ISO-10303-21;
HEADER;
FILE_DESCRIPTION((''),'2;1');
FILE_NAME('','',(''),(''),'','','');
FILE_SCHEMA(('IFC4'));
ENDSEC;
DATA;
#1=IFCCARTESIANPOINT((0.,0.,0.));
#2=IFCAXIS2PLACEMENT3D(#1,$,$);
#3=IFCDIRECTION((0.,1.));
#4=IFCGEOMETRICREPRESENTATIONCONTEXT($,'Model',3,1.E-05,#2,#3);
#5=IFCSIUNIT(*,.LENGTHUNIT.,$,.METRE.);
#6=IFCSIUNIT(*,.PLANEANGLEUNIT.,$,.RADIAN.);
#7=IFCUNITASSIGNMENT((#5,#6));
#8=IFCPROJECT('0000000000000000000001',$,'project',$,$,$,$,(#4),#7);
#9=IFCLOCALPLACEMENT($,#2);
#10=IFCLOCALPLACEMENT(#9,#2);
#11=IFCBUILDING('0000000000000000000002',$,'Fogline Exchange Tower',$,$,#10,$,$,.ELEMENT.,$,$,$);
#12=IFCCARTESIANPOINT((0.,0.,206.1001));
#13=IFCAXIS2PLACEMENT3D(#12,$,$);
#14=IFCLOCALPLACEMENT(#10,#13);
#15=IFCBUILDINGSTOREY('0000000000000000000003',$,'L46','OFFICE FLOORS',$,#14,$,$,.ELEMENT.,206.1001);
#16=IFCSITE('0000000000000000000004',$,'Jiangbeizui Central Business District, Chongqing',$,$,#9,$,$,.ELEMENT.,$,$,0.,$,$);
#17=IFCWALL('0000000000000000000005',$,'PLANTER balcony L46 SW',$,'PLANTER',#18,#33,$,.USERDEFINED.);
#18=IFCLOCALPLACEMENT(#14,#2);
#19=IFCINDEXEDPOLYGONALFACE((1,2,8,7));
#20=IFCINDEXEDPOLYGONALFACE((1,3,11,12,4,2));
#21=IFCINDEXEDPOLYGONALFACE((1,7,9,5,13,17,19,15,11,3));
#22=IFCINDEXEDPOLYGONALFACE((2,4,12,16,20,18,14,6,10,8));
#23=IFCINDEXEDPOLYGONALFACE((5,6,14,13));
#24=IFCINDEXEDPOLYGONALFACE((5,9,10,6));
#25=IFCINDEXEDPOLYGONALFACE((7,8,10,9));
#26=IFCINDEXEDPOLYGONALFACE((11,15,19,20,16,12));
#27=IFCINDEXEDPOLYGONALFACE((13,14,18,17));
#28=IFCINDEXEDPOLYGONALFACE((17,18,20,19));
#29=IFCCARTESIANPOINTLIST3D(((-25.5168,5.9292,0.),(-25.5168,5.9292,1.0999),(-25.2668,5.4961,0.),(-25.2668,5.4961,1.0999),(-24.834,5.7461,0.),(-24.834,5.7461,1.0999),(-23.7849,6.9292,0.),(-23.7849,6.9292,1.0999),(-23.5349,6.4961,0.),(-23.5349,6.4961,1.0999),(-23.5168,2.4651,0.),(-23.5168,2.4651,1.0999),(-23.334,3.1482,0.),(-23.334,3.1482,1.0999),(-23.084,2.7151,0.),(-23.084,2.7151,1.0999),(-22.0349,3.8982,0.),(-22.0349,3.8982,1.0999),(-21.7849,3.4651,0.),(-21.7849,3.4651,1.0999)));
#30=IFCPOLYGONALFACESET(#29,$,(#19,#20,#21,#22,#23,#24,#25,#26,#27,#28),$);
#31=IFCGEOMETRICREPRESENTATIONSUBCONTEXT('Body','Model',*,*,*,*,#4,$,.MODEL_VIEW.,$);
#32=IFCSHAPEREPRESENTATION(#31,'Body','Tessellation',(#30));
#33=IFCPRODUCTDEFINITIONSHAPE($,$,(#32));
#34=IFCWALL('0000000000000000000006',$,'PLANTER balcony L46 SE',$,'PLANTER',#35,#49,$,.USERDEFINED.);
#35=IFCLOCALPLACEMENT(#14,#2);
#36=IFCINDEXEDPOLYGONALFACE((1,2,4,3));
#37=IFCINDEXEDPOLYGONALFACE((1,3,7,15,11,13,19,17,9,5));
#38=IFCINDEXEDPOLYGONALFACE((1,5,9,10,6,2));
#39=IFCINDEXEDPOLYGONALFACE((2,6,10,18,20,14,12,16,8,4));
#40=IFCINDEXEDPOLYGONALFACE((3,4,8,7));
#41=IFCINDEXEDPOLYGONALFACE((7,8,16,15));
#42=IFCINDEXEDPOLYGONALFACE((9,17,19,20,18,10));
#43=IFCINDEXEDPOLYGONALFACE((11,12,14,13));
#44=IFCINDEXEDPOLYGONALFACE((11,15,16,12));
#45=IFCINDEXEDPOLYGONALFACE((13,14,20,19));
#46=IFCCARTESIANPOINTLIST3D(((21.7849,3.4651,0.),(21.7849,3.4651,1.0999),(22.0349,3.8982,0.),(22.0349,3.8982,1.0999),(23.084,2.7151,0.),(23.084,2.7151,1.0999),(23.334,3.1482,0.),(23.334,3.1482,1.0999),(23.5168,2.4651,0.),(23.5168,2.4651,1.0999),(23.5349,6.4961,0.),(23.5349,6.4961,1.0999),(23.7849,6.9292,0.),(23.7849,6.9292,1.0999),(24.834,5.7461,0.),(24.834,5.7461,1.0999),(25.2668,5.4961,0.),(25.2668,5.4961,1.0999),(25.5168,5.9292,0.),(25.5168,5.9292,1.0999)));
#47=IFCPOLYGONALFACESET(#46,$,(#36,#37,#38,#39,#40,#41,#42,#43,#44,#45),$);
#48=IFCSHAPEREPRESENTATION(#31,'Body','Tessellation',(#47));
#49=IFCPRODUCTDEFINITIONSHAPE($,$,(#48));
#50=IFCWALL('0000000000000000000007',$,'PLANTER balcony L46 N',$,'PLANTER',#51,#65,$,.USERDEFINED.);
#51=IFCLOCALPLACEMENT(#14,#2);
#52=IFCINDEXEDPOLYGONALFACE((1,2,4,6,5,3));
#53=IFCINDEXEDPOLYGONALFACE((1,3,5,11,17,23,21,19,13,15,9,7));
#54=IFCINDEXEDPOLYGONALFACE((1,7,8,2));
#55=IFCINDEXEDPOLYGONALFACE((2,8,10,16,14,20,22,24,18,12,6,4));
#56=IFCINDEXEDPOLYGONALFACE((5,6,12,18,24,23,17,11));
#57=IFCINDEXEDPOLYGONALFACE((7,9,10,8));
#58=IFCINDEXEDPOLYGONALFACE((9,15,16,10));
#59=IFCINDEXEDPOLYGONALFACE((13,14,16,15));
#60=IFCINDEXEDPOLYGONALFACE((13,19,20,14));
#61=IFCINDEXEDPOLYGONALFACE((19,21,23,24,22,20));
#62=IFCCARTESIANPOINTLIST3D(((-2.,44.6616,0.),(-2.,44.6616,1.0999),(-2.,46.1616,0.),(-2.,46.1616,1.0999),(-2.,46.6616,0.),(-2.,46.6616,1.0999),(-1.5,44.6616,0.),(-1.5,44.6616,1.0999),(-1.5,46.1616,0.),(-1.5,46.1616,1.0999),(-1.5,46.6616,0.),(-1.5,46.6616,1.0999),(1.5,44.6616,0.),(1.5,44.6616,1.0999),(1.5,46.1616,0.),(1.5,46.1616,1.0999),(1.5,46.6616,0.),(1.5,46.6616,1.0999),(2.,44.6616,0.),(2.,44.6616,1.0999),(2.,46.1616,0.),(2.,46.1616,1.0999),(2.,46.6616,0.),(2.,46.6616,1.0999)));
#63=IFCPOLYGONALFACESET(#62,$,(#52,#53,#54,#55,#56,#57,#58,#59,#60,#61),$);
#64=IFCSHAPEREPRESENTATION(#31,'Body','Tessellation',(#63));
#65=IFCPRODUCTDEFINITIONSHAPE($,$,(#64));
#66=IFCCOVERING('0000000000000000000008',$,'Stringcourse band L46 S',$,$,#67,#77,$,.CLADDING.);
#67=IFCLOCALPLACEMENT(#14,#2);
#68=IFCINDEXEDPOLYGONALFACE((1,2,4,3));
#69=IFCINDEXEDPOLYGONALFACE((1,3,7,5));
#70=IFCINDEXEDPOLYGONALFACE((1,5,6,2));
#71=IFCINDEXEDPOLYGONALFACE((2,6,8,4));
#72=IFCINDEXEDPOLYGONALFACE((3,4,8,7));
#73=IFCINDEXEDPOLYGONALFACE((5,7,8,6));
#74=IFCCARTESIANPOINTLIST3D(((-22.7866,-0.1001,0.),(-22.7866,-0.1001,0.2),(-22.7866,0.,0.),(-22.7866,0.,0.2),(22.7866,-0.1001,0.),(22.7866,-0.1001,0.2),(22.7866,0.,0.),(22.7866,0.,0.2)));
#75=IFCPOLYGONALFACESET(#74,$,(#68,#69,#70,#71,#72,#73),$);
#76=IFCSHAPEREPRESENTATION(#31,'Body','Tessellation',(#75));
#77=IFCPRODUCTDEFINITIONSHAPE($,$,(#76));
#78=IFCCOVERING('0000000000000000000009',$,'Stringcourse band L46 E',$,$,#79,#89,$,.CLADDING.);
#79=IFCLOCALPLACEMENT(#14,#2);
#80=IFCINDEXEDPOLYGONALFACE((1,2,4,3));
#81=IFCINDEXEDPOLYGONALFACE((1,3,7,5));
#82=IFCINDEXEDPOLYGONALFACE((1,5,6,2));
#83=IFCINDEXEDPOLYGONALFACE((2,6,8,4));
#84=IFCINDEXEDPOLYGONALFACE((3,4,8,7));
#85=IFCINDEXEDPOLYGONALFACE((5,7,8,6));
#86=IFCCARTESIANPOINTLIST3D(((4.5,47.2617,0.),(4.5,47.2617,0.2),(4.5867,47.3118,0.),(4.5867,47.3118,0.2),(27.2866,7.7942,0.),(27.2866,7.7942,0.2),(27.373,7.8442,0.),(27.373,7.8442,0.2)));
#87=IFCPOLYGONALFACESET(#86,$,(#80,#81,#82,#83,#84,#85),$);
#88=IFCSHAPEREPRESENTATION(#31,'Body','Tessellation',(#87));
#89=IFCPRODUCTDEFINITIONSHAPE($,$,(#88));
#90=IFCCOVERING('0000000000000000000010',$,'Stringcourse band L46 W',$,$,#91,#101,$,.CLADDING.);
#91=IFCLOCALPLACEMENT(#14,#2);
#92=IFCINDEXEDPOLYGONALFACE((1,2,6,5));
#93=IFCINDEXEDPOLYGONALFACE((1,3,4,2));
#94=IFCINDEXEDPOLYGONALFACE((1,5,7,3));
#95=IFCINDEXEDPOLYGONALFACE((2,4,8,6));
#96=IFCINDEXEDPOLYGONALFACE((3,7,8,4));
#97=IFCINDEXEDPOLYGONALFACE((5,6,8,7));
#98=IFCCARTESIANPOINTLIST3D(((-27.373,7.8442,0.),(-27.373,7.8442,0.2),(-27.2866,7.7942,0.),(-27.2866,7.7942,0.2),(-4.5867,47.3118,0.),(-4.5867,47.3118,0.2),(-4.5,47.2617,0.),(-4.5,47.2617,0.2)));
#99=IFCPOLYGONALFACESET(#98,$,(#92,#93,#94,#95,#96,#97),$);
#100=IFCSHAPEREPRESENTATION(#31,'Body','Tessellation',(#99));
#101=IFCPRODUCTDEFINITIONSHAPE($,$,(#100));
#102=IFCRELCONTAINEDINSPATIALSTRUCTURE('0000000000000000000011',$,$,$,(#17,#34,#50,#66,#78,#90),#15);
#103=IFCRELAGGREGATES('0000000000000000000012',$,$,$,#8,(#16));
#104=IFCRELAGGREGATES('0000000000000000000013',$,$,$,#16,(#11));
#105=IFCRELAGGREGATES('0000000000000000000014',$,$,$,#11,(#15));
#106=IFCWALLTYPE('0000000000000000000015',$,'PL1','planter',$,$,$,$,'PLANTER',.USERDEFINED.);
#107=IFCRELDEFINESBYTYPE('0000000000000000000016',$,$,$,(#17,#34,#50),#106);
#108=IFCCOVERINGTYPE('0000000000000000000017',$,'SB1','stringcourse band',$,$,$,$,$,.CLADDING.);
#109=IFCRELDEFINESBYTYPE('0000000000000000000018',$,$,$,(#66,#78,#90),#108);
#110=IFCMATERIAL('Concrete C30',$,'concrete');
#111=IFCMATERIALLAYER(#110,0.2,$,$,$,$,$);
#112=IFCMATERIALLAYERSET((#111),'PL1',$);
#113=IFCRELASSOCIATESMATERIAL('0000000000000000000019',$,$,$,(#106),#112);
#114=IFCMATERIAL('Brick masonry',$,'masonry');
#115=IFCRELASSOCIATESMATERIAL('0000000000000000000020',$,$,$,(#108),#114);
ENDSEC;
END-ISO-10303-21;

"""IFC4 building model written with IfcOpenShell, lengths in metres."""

from ifc_helpers import new_model, si_unit, direction, frame, origin, place, context, subcontext, project, spatial, polyline, outline, extrude, material, layer, layer_set, type_object, element, save


model = new_model("IFC4")

# Units and contexts
model_context = context("Model", 3, precision=1e-05, world=origin(), true_north=direction((0.0, 1.0)))
body_context = subcontext(model_context, "Body", "Model", "MODEL_VIEW")
ifc_project = project(units=[si_unit("LENGTHUNIT", "METRE"), si_unit("PLANEANGLEUNIT", "RADIAN")], contexts=[model_context])

# Site, building, storey
site_placement = place(None, origin())
site = spatial("IfcSite", under=ifc_project, at=site_placement, Name="Jiangbeizui Central Business District, Chongqing", CompositionType="ELEMENT", RefElevation=0.0)
building_placement = place(site_placement, origin())
building = spatial("IfcBuilding", under=site, at=building_placement, Name="Fogline Exchange Tower", CompositionType="ELEMENT")
storey_placement = place(building_placement, frame((0.0, 0.0, 206.1001)))
storey = spatial("IfcBuildingStorey", under=building, at=storey_placement, Name="L46", Description="OFFICE FLOORS", CompositionType="ELEMENT", Elevation=206.1001)

# Walls
ifc_material_1 = material(Name="Brick masonry", Category="masonry")
ifc_material_2 = material(Name="Concrete C30", Category="concrete")
ifc_layer_1 = layer(ifc_material_2, 0.2)
ifc_layer_set_1 = layer_set([ifc_layer_1], Name="PL1")
wall_type_1 = type_object("IfcWallType", Name="PL1", Description="planter", ElementType="PLANTER", PredefinedType="USERDEFINED", material=ifc_layer_set_1)
wall_1_placement = place(storey_placement, origin())
element("IfcWall", 1, at=wall_1_placement, inside=storey, type_object=wall_type_1, Name="PLANTER balcony L46 SW", ObjectType="PLANTER", PredefinedType="USERDEFINED", context=body_context, shape_type="SweptSolid", body=[
    extrude(outline(polyline([(-22.0349, 3.8982), (-23.334, 3.1482), (-24.834, 5.7461), (-23.5349, 6.4961), (-23.7849, 6.9292), (-25.5168, 5.9292), (-25.2668, 5.4961), (-23.5168, 2.4651), (-23.084, 2.7151), (-23.084, 2.7151), (-21.7849, 3.4651), (-22.0349, 3.8982)])), origin(), (0.0, 0.0, 1.0), 1.0999),
])
wall_2_placement = place(storey_placement, origin())
element("IfcWall", 2, at=wall_2_placement, inside=storey, type_object=wall_type_1, Name="PLANTER balcony L46 SE", ObjectType="PLANTER", PredefinedType="USERDEFINED", context=body_context, shape_type="SweptSolid", body=[
    extrude(outline(polyline([(21.7849, 3.4651), (23.084, 2.7151), (23.084, 2.7151), (23.5168, 2.4651), (25.2668, 5.4961), (25.5168, 5.9292), (23.7849, 6.9292), (23.5349, 6.4961), (24.834, 5.7461), (23.334, 3.1482), (22.0349, 3.8982), (21.7849, 3.4651)])), origin(), (0.0, 0.0, 1.0), 1.0999),
])
wall_3_placement = place(storey_placement, origin())
element("IfcWall", 3, at=wall_3_placement, inside=storey, type_object=wall_type_1, Name="PLANTER balcony L46 N", ObjectType="PLANTER", PredefinedType="USERDEFINED", context=body_context, shape_type="SweptSolid", body=[
    extrude(outline(polyline([(-1.5, 46.6616), (-2.0, 46.6616), (-2.0, 46.1616), (-2.0, 44.6616), (-1.5, 44.6616), (-1.5, 46.1616), (1.5, 46.1616), (1.5, 44.6616), (2.0, 44.6616), (2.0, 46.1616), (2.0, 46.6616), (1.5, 46.6616), (-1.5, 46.6616)])), origin(), (0.0, 0.0, 1.0), 1.0999),
])

# Coverings
covering_type = type_object("IfcCoveringType", Name="SB1", Description="stringcourse band", PredefinedType="CLADDING", material=ifc_material_1)
covering_1_placement = place(storey_placement, origin())
element("IfcCovering", 4, at=covering_1_placement, inside=storey, type_object=covering_type, Name="Stringcourse band L46 S", PredefinedType="CLADDING", context=body_context, shape_type="SweptSolid", body=[
    extrude(outline(polyline([(-22.7866, 0.0), (-22.7866, -0.1001), (22.7866, -0.1001), (22.7866, 0.0), (-22.7866, 0.0)])), origin(), (0.0, 0.0, 1.0), 0.2),
])
covering_2_placement = place(storey_placement, origin())
element("IfcCovering", 5, at=covering_2_placement, inside=storey, type_object=covering_type, Name="Stringcourse band L46 E", PredefinedType="CLADDING", context=body_context, shape_type="SweptSolid", body=[
    extrude(outline(polyline([(27.2866, 7.7942), (27.373, 7.8442), (4.5867, 47.3118), (4.5, 47.2617), (27.2866, 7.7942)])), origin(), (0.0, 0.0, 1.0), 0.2),
])
covering_3_placement = place(storey_placement, origin())
element("IfcCovering", 6, at=covering_3_placement, inside=storey, type_object=covering_type, Name="Stringcourse band L46 W", PredefinedType="CLADDING", context=body_context, shape_type="SweptSolid", body=[
    extrude(outline(polyline([(-4.5, 47.2617), (-4.5867, 47.3118), (-27.373, 7.8442), (-27.2866, 7.7942), (-4.5, 47.2617)])), origin(), (0.0, 0.0, 1.0), 0.2),
])

save(model, "model.ifc")
